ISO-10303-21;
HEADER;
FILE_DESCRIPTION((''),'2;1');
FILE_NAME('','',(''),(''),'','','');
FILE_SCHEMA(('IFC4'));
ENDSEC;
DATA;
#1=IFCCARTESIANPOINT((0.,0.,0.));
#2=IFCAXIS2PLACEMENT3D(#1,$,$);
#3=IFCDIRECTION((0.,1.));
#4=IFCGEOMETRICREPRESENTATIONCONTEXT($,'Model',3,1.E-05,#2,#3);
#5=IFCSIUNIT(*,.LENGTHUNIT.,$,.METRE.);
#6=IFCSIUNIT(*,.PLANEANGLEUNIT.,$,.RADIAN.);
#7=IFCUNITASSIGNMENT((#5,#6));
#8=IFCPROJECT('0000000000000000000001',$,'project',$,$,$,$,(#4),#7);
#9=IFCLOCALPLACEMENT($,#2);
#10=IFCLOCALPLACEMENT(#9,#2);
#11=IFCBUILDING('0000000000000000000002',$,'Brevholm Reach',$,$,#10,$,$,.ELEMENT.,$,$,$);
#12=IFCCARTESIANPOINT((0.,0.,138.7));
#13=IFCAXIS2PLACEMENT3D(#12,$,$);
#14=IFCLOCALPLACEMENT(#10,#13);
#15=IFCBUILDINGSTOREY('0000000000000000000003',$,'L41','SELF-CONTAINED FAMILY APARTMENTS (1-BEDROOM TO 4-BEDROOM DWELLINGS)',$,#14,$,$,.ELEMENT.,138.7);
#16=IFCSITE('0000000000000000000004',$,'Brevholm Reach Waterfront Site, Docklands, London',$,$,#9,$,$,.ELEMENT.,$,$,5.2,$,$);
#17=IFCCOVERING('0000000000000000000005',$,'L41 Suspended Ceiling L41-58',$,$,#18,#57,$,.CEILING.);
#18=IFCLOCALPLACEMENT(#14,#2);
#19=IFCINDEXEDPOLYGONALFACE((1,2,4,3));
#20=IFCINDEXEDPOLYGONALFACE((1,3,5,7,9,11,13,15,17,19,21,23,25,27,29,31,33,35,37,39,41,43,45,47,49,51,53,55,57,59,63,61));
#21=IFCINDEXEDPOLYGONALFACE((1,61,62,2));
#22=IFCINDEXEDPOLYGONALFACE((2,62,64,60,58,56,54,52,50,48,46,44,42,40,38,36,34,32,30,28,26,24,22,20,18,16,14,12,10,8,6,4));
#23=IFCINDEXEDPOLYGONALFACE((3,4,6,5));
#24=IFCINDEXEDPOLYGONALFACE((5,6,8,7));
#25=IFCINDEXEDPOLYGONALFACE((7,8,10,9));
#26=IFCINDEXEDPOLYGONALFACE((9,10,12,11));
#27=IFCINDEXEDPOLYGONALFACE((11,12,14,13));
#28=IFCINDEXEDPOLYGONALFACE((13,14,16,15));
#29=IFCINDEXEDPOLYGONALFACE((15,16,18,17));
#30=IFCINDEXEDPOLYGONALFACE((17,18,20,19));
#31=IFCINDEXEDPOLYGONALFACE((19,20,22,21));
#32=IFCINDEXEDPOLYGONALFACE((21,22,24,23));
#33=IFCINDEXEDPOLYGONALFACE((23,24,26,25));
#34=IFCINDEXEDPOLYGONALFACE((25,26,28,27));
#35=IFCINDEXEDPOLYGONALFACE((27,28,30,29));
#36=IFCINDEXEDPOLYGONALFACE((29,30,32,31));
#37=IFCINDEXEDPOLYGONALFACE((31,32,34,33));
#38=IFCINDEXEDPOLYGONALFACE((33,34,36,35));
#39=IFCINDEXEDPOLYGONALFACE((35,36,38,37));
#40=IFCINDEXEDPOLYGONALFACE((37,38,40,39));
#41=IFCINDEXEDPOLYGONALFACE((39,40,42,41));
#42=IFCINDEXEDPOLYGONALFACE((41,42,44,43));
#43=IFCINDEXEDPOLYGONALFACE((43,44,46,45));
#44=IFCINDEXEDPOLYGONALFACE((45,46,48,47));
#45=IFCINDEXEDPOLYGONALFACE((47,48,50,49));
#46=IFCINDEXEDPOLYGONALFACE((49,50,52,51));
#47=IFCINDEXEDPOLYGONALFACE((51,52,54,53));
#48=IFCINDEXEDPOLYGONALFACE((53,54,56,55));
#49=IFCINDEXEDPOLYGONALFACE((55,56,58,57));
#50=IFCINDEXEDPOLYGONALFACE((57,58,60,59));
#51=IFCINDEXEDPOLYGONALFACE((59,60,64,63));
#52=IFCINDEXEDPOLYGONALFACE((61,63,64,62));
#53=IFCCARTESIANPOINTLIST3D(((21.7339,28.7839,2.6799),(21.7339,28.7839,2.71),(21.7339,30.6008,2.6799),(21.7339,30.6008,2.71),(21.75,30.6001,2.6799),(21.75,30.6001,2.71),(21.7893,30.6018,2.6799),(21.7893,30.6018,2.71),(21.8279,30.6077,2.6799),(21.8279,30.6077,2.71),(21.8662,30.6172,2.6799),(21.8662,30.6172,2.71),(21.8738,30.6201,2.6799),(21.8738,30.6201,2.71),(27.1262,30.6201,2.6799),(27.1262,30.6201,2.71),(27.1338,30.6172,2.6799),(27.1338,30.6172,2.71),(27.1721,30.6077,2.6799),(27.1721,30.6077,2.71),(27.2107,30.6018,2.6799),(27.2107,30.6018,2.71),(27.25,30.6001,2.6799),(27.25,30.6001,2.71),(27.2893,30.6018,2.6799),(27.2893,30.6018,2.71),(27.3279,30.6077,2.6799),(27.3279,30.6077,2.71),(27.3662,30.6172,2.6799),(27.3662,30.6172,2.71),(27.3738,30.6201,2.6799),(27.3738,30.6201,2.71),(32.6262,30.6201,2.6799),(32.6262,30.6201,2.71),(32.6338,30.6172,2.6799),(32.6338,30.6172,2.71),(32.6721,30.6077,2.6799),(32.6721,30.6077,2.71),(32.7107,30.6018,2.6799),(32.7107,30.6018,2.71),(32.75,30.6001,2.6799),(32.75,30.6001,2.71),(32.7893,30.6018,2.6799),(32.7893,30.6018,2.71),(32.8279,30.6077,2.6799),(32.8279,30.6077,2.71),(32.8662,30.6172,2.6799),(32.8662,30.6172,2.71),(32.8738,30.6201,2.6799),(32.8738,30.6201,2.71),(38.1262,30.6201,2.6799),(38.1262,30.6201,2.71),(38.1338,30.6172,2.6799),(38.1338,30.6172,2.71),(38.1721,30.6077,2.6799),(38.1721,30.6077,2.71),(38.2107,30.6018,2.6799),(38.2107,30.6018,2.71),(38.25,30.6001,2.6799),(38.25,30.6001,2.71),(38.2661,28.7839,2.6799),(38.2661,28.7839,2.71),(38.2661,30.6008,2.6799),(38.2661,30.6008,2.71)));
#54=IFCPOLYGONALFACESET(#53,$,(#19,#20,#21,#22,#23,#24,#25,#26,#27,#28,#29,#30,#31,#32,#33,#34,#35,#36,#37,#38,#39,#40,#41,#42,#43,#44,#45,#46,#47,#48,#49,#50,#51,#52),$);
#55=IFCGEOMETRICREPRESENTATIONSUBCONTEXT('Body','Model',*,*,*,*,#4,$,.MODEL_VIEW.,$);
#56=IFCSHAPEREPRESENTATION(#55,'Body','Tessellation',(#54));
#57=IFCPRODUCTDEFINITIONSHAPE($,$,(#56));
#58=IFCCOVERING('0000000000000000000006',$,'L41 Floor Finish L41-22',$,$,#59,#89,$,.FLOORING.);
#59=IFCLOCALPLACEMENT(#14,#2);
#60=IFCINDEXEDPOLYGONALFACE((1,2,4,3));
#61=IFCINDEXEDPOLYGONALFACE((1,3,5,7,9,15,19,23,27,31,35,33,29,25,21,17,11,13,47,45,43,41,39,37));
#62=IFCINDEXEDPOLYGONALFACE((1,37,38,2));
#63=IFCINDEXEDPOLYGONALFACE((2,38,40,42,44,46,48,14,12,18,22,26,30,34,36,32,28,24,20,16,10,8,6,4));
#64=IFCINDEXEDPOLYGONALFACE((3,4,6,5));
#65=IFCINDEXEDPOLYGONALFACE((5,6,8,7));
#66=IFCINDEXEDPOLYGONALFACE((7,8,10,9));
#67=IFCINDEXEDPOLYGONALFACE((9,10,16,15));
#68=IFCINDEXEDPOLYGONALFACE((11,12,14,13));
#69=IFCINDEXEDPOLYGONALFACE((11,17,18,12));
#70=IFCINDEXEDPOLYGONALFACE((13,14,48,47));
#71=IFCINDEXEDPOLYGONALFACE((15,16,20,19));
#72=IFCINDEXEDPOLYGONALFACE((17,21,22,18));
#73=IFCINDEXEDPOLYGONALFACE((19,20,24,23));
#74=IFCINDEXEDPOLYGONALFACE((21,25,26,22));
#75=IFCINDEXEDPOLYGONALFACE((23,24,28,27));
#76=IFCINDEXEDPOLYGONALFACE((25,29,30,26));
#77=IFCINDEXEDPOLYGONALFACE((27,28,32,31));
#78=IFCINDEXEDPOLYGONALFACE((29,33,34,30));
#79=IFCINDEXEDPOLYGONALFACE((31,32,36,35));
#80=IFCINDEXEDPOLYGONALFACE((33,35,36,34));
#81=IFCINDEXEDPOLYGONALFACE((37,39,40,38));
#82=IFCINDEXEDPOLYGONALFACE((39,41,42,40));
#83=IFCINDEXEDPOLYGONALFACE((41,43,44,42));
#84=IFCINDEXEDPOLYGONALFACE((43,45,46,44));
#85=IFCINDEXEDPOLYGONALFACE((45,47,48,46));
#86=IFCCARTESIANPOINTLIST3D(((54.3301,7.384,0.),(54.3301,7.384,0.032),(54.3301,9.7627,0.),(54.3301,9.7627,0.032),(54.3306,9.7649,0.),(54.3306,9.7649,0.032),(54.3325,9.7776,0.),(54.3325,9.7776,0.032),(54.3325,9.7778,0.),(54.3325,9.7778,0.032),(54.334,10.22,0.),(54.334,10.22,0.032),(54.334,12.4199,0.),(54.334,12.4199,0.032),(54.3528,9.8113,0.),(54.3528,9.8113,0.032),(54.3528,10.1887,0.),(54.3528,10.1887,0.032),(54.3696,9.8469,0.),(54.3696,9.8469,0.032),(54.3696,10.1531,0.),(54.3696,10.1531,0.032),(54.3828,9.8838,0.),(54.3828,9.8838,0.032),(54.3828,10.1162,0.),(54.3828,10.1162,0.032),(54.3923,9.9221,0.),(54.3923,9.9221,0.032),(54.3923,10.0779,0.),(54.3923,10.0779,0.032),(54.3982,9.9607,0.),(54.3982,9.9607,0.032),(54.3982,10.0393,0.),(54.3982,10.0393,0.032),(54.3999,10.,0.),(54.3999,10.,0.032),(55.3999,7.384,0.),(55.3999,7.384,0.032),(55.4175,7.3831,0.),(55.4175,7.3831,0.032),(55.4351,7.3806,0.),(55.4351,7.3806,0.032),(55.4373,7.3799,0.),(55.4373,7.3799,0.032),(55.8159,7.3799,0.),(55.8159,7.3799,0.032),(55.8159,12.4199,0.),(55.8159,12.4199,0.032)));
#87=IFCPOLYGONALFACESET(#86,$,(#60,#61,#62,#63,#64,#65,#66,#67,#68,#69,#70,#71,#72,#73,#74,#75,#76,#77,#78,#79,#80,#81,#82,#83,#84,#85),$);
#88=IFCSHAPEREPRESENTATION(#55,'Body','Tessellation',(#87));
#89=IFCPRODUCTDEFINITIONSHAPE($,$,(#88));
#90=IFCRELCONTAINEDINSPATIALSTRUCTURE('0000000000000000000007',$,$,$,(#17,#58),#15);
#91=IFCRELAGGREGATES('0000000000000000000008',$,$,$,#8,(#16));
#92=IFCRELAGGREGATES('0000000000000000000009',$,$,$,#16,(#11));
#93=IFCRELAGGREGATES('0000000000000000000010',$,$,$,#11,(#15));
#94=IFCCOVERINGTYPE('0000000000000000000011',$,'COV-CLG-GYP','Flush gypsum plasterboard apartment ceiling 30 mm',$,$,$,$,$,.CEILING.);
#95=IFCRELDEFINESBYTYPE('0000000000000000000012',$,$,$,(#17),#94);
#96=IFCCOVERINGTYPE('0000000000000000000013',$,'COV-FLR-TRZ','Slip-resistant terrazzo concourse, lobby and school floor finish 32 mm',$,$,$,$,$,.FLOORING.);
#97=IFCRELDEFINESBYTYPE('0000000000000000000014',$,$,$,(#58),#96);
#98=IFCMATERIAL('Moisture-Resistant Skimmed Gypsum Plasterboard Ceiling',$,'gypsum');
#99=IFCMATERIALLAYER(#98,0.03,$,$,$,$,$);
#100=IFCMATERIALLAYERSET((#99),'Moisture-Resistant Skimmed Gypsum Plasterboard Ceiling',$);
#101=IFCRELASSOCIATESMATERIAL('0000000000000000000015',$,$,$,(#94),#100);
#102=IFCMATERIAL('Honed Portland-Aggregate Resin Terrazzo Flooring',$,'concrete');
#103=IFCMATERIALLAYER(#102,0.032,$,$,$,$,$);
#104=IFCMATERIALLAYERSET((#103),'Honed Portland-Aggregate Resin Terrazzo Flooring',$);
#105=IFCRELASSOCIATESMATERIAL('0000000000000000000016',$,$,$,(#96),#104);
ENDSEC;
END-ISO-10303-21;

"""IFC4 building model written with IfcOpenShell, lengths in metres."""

from ifc_helpers import new_model, si_unit, direction, frame, origin, place, context, subcontext, project, spatial, polyline, outline, extrude, material, layer, layer_set, type_object, element, save


model = new_model("IFC4")

# Units and contexts
model_context = context("Model", 3, precision=1e-05, world=origin(), true_north=direction((0.0, 1.0)))
body_context = subcontext(model_context, "Body", "Model", "MODEL_VIEW")
ifc_project = project(units=[si_unit("LENGTHUNIT", "METRE"), si_unit("PLANEANGLEUNIT", "RADIAN")], contexts=[model_context])

# Site, building, storey
site_placement = place(None, origin())
site = spatial("IfcSite", under=ifc_project, at=site_placement, Name="Brevholm Reach Waterfront Site, Docklands, London", CompositionType="ELEMENT", RefElevation=5.2)
building_placement = place(site_placement, origin())
building = spatial("IfcBuilding", under=site, at=building_placement, Name="Brevholm Reach", CompositionType="ELEMENT")
storey_placement = place(building_placement, frame((0.0, 0.0, 138.7)))
storey = spatial("IfcBuildingStorey", under=building, at=storey_placement, Name="L41", Description="SELF-CONTAINED FAMILY APARTMENTS (1-BEDROOM TO 4-BEDROOM DWELLINGS)", CompositionType="ELEMENT", Elevation=138.7)

# Coverings
ifc_material_1 = material(Name="Moisture-Resistant Skimmed Gypsum Plasterboard Ceiling", Category="gypsum")
ifc_layer_1 = layer(ifc_material_1, 0.03)
ifc_layer_set_1 = layer_set([ifc_layer_1], Name="Moisture-Resistant Skimmed Gypsum Plasterboard Ceiling")
covering_type_1 = type_object("IfcCoveringType", Name="COV-CLG-GYP", Description="Flush gypsum plasterboard apartment ceiling 30 mm", PredefinedType="CEILING", material=ifc_layer_set_1)
covering_1_placement = place(storey_placement, frame((0.0, 0.0, 2.6799)))
element("IfcCovering", 1, at=covering_1_placement, inside=storey, type_object=covering_type_1, Name="L41 Suspended Ceiling L41-58", PredefinedType="CEILING", context=body_context, shape_type="SweptSolid", body=[
    extrude(outline(polyline([(27.1262, 30.6201), (27.1338, 30.6172), (27.1721, 30.6077), (27.2107, 30.6018), (27.25, 30.6001), (27.2893, 30.6018), (27.3279, 30.6077), (27.3662, 30.6172), (27.3738, 30.6201), (32.6262, 30.6201), (32.6338, 30.6172), (32.6721, 30.6077), (32.7107, 30.6018), (32.75, 30.6001), (32.7893, 30.6018), (32.8279, 30.6077), (32.8662, 30.6172), (32.8738, 30.6201), (38.1262, 30.6201), (38.1338, 30.6172), (38.1721, 30.6077), (38.2107, 30.6018), (38.25, 30.6001), (38.2661, 30.6008), (38.2661, 28.7839), (21.7339, 28.7839), (21.7339, 30.6008), (21.75, 30.6001), (21.7893, 30.6018), (21.8279, 30.6077), (21.8662, 30.6172), (21.8738, 30.6201), (27.1262, 30.6201)])), origin(), (0.0, 0.0, 1.0), 0.03),
])
ifc_material_2 = material(Name="Honed Portland-Aggregate Resin Terrazzo Flooring", Category="concrete")
ifc_layer_2 = layer(ifc_material_2, 0.032)
ifc_layer_set_2 = layer_set([ifc_layer_2], Name="Honed Portland-Aggregate Resin Terrazzo Flooring")
covering_type_2 = type_object("IfcCoveringType", Name="COV-FLR-TRZ", Description="Slip-resistant terrazzo concourse, lobby and school floor finish 32 mm", PredefinedType="FLOORING", material=ifc_layer_set_2)
covering_2_placement = place(storey_placement, origin())
element("IfcCovering", 2, at=covering_2_placement, inside=storey, type_object=covering_type_2, Name="L41 Floor Finish L41-22", PredefinedType="FLOORING", context=body_context, shape_type="SweptSolid", body=[
    extrude(outline(polyline([(54.3301, 9.7627), (54.3306, 9.7649), (54.3325, 9.7776), (54.3325, 9.7778), (54.3528, 9.8113), (54.3696, 9.8469), (54.3828, 9.8838), (54.3923, 9.9221), (54.3982, 9.9607), (54.3999, 10.0), (54.3982, 10.0393), (54.3923, 10.0779), (54.3828, 10.1162), (54.3696, 10.1531), (54.3528, 10.1887), (54.334, 10.22), (54.334, 12.4199), (55.8159, 12.4199), (55.8159, 7.3799), (55.4373, 7.3799), (55.4351, 7.3806), (55.4175, 7.3831), (55.3999, 7.384), (54.3301, 7.384), (54.3301, 9.7627)])), origin(), (0.0, 0.0, 1.0), 0.032),
])

save(model, "model.ifc")
